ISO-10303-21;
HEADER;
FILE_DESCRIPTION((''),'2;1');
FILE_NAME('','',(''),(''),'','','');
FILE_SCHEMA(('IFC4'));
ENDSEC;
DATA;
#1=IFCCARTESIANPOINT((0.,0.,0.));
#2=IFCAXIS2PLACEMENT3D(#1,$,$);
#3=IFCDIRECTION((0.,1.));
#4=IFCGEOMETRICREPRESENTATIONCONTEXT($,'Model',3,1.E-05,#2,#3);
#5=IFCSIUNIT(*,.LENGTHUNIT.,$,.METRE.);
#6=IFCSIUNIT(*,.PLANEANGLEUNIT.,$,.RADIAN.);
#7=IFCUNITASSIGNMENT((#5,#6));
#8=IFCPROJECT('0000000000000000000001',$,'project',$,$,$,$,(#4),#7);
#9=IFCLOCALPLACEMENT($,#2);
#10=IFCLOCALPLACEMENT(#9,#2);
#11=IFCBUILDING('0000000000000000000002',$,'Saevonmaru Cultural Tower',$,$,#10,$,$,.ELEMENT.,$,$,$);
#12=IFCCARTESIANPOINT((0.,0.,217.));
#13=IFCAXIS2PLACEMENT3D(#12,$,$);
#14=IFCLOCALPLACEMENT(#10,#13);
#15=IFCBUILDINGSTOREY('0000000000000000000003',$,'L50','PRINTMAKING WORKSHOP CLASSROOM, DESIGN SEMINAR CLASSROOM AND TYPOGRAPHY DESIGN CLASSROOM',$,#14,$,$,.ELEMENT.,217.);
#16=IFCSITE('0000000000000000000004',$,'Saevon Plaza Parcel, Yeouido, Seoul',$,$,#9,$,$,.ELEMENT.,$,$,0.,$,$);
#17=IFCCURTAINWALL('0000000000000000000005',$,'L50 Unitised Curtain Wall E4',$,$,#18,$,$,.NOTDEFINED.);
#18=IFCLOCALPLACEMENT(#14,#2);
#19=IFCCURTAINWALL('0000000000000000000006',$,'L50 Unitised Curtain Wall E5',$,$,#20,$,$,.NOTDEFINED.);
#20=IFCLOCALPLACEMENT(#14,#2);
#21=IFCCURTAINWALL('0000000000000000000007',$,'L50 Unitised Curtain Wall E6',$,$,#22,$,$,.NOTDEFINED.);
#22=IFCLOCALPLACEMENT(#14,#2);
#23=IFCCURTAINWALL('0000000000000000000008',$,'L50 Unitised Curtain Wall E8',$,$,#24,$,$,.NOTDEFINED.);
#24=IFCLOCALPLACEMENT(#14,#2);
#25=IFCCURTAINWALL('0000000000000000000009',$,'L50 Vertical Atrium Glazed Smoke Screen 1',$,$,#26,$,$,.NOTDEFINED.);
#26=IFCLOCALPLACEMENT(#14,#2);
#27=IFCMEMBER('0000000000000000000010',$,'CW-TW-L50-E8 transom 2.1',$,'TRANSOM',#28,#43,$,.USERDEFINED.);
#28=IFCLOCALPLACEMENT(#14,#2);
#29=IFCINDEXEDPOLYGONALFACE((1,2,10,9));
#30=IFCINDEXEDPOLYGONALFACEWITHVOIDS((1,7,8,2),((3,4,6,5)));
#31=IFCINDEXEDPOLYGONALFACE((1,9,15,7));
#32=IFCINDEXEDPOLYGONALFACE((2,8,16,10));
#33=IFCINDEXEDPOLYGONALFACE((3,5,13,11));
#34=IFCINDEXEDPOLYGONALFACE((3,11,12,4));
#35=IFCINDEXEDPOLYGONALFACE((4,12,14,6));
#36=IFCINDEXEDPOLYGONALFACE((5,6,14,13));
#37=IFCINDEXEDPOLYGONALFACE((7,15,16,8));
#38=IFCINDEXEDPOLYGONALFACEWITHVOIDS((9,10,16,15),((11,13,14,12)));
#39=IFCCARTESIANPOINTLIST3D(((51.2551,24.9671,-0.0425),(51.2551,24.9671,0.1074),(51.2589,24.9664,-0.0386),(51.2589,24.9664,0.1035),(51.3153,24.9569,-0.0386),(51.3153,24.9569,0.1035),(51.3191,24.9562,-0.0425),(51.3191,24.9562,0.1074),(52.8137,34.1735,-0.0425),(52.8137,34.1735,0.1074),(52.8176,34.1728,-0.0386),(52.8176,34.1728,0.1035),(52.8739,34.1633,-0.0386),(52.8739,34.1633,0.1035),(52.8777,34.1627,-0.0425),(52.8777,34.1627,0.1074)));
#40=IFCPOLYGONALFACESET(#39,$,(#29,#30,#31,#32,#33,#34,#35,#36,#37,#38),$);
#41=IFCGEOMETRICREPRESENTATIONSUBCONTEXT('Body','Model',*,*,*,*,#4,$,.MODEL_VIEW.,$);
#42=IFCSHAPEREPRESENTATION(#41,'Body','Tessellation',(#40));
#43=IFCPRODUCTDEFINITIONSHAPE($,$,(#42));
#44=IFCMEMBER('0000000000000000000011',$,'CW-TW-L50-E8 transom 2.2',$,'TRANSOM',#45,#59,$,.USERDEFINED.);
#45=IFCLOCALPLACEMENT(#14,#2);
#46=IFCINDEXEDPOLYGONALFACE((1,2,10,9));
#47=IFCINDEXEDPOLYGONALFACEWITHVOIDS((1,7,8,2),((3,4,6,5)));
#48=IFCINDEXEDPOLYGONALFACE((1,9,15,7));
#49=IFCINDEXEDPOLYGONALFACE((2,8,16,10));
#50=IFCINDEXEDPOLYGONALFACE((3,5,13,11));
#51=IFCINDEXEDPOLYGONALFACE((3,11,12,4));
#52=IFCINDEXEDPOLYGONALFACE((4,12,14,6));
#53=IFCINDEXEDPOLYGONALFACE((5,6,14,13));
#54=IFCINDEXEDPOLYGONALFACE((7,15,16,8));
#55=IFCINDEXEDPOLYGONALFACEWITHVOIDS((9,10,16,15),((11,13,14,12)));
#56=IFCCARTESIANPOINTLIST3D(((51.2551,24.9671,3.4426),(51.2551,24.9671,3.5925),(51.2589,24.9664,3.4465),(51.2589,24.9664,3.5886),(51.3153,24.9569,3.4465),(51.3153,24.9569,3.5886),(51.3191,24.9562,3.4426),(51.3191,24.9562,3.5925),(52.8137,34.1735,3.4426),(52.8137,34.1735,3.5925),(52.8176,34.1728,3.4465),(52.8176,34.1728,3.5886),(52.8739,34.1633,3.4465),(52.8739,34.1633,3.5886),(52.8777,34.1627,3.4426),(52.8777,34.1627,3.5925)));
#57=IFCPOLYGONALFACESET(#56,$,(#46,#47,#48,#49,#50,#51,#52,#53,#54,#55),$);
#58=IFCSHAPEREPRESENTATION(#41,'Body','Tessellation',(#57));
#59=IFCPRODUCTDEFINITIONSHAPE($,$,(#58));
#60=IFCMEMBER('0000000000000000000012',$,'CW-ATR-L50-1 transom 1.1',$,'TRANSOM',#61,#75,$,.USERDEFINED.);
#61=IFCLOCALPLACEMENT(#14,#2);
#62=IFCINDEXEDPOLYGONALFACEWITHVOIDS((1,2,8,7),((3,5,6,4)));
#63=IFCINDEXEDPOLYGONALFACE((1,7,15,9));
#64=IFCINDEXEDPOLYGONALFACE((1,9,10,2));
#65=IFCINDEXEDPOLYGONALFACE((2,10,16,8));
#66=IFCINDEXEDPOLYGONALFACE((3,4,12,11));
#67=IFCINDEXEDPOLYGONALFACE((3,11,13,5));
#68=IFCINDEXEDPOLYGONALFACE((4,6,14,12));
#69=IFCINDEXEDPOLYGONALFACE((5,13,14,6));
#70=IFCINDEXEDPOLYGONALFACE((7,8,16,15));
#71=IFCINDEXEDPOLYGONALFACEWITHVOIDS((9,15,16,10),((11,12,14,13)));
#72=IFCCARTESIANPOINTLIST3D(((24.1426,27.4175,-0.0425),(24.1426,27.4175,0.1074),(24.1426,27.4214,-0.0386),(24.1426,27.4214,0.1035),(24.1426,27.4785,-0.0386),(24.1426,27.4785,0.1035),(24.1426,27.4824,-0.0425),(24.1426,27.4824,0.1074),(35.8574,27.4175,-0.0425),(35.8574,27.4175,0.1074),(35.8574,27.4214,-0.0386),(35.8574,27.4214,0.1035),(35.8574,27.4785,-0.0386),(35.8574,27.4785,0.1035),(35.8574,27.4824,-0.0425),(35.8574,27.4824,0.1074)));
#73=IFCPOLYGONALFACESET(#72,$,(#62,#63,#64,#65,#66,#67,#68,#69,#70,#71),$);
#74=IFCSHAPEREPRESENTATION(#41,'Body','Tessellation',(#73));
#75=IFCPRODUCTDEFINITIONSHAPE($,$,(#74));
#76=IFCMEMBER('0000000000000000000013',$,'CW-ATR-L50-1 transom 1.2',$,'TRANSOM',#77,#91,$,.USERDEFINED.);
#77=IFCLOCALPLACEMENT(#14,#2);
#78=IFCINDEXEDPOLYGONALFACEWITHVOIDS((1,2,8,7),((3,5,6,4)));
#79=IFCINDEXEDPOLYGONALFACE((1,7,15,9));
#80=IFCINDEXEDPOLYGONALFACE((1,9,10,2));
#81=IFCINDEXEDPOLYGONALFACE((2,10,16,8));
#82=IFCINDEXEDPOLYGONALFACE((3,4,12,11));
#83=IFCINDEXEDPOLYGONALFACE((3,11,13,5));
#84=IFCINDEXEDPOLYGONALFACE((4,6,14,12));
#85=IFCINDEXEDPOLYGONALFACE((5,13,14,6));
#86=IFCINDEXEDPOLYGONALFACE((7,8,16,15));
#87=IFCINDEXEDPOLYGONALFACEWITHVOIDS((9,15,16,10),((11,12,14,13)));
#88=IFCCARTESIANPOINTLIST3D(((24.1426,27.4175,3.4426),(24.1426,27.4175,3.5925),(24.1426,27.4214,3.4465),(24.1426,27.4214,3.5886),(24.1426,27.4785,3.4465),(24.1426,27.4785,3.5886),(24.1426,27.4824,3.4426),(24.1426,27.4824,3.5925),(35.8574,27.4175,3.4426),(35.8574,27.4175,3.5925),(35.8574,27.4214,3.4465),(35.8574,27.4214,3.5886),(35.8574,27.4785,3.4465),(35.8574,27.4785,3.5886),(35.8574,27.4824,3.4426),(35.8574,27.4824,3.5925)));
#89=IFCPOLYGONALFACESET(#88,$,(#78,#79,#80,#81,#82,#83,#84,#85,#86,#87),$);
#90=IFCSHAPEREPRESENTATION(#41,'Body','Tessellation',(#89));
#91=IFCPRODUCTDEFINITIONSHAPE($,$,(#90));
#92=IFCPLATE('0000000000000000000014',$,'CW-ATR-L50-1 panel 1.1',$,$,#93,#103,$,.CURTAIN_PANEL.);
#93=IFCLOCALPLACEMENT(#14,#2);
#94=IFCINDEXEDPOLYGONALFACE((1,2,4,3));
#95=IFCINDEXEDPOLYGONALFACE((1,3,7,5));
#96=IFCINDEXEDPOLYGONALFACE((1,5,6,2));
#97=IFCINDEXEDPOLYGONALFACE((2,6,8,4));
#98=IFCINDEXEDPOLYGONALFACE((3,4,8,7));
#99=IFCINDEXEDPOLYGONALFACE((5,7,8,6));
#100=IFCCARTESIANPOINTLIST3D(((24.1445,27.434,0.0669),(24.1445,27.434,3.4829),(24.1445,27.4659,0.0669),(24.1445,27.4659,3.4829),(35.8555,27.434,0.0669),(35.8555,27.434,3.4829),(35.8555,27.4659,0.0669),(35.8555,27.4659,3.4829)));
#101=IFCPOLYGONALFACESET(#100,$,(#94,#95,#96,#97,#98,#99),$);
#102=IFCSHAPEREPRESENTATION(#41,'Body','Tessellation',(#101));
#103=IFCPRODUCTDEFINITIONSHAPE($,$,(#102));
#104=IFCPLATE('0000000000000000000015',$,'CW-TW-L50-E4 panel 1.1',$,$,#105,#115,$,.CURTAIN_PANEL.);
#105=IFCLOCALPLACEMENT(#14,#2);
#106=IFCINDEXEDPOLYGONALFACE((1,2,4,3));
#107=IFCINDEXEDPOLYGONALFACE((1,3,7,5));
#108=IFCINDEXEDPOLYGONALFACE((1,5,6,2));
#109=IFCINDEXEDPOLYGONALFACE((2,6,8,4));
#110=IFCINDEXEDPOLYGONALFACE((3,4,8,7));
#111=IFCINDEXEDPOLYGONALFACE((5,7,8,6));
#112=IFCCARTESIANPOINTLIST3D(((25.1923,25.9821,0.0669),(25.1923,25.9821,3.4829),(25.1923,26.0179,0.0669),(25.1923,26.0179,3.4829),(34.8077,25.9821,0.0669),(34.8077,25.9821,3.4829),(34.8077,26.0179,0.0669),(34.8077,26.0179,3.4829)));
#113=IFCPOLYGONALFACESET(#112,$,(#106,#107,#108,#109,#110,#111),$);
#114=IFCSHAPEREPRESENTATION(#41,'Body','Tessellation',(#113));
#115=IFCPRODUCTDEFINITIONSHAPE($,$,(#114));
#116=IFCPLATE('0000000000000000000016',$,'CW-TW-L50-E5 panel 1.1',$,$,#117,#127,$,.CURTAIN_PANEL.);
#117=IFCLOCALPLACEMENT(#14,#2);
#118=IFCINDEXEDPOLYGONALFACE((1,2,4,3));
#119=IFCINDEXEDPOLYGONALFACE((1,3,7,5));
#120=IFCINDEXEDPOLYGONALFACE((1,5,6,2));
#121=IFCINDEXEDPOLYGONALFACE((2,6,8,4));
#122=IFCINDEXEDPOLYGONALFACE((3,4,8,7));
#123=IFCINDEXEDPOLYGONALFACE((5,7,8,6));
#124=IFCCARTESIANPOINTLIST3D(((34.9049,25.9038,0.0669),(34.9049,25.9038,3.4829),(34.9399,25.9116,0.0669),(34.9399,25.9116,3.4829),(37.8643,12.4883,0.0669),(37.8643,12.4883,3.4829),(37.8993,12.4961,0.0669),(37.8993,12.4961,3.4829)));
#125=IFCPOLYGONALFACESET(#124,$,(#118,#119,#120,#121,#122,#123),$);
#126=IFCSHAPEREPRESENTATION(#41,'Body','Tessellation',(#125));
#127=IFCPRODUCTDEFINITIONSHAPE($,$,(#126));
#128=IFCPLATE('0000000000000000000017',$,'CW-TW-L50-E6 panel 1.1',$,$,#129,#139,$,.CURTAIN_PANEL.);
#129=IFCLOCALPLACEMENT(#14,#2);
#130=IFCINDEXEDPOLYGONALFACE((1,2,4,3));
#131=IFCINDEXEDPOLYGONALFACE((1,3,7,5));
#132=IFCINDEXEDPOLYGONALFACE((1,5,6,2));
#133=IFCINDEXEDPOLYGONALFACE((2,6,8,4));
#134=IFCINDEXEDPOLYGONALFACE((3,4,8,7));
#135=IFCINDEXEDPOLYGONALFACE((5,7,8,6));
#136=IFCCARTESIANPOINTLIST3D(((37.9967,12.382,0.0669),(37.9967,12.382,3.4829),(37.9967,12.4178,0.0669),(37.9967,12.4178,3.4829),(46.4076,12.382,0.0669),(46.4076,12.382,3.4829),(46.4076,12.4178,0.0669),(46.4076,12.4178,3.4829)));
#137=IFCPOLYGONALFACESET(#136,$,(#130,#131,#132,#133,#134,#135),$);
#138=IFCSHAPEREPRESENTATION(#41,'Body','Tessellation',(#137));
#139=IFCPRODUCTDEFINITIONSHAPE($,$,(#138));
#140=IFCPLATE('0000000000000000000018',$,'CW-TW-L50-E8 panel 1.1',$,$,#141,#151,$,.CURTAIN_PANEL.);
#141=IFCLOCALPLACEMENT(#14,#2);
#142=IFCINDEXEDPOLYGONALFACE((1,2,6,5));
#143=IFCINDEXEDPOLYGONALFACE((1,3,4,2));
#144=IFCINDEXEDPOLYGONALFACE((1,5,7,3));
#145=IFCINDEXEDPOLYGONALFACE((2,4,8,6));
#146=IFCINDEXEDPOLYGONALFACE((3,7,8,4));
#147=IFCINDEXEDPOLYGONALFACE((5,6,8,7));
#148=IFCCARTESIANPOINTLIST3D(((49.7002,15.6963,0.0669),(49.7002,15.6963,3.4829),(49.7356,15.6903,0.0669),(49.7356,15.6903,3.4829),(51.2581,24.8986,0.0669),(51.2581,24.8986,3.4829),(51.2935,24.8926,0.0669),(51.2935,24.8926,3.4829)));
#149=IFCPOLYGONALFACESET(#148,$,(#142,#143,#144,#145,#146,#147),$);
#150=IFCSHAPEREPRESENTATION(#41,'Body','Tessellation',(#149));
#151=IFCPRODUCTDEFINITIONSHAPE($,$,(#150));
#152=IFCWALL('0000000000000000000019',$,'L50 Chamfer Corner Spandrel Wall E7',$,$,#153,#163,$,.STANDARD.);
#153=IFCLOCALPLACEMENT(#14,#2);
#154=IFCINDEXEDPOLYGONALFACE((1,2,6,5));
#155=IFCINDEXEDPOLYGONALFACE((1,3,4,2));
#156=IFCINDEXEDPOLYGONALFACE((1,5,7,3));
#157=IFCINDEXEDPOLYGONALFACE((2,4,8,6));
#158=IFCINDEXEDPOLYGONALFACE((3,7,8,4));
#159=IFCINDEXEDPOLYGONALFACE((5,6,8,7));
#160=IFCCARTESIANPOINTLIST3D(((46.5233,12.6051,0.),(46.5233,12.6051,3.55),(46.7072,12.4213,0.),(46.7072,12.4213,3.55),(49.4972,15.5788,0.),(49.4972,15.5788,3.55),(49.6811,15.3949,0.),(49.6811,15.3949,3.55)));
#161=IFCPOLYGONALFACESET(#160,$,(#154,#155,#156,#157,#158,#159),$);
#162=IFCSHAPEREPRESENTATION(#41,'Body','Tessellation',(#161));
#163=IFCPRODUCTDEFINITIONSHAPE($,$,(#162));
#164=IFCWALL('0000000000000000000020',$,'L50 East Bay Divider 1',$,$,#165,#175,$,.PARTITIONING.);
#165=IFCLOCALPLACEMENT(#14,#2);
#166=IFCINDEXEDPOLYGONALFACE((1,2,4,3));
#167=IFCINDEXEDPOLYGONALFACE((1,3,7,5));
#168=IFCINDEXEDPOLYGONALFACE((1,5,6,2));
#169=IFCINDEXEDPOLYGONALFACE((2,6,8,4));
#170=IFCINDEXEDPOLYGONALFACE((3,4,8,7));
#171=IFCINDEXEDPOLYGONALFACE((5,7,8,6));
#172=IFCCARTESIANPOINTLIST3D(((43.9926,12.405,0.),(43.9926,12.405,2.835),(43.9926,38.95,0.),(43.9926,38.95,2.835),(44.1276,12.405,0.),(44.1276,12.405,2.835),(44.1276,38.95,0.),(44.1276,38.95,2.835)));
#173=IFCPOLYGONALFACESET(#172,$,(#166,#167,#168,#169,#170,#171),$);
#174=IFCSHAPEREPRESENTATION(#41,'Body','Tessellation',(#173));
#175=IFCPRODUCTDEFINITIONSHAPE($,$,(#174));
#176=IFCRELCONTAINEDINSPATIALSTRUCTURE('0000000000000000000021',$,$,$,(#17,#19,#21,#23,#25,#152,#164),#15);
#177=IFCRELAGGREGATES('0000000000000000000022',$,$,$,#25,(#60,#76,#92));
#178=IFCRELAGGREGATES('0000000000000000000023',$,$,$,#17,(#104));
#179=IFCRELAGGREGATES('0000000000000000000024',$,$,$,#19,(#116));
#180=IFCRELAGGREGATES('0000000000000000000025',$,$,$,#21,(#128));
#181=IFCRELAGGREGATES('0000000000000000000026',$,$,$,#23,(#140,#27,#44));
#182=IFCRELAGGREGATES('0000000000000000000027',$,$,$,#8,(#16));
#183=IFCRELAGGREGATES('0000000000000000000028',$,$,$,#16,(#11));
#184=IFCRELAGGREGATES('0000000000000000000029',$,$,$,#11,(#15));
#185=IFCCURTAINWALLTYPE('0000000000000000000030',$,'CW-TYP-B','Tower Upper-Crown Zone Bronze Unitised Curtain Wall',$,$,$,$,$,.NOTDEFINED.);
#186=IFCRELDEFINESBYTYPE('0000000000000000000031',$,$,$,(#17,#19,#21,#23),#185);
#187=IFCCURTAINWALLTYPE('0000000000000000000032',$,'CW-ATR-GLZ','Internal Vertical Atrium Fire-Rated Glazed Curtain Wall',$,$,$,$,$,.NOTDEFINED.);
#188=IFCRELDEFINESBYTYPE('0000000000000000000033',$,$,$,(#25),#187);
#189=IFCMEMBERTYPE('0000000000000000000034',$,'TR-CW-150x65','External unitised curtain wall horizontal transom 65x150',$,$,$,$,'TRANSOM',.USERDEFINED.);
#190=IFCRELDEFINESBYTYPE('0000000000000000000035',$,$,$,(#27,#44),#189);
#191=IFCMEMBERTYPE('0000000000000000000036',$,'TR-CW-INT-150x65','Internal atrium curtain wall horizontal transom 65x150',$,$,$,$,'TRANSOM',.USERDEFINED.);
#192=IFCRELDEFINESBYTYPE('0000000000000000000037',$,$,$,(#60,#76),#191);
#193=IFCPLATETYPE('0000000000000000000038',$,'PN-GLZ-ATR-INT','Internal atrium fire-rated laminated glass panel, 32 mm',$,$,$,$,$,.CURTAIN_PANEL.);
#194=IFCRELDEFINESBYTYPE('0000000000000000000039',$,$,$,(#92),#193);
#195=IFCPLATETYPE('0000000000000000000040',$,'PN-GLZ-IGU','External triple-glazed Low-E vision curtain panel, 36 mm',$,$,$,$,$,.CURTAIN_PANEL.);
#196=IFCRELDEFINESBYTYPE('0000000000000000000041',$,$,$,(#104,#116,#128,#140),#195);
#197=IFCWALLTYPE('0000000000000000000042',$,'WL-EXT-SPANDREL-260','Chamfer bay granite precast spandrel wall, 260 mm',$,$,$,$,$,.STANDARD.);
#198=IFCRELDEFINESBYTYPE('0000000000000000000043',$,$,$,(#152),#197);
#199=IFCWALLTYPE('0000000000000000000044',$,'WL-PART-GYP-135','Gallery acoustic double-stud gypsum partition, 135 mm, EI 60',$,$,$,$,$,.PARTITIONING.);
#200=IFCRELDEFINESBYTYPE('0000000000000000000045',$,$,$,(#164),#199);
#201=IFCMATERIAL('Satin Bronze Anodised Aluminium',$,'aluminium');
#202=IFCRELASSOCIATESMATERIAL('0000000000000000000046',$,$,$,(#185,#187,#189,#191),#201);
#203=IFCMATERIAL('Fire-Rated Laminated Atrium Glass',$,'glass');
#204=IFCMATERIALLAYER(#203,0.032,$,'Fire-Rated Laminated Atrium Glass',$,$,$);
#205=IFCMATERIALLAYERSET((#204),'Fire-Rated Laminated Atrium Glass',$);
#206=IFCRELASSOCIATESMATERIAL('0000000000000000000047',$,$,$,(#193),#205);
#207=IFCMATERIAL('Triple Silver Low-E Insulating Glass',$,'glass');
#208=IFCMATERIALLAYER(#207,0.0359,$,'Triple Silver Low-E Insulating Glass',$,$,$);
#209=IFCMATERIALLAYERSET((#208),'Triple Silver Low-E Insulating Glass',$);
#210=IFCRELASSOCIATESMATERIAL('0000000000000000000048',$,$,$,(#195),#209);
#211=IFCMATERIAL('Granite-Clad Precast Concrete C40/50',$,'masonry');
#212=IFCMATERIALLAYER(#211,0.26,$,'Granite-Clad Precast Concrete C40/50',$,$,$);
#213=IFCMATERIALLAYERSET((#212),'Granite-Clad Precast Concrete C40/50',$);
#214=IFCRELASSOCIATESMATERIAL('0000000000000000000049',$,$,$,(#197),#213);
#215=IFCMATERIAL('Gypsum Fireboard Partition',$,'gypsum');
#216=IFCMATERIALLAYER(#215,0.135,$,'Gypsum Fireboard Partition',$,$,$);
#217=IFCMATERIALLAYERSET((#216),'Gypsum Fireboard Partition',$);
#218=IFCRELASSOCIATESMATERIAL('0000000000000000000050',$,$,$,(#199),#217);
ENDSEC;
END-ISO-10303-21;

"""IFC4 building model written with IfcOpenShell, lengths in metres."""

from ifc_helpers import new_model, si_unit, direction, frame, frame_2d, origin, origin_2d, place, context, subcontext, project, spatial, rectangle, hollow_rectangle, extrude, material, layer, layer_set, material_profile, profile_set, type_object, element, aggregate, save


model = new_model("IFC4")

# Units and contexts
model_context = context("Model", 3, precision=1e-05, world=origin(), true_north=direction((0.0, 1.0)))
body_context = subcontext(model_context, "Body", "Model", "MODEL_VIEW")
ifc_project = project(units=[si_unit("LENGTHUNIT", "METRE"), si_unit("PLANEANGLEUNIT", "RADIAN")], contexts=[model_context])

# Site, building, storey
site_placement = place(None, origin())
site = spatial("IfcSite", under=ifc_project, at=site_placement, Name="Saevon Plaza Parcel, Yeouido, Seoul", CompositionType="ELEMENT", RefElevation=0.0)
building_placement = place(site_placement, origin())
building = spatial("IfcBuilding", under=site, at=building_placement, Name="Saevonmaru Cultural Tower", CompositionType="ELEMENT")
storey_placement = place(building_placement, frame((0.0, 0.0, 217.0)))
storey = spatial("IfcBuildingStorey", under=building, at=storey_placement, Name="L50", Description="PRINTMAKING WORKSHOP CLASSROOM, DESIGN SEMINAR CLASSROOM AND TYPOGRAPHY DESIGN CLASSROOM", CompositionType="ELEMENT", Elevation=217.0)

# Shared definitions
ifc_material_1 = material(Name="Satin Bronze Anodised Aluminium", Category="aluminium")
curtain_wall_type_1 = type_object("IfcCurtainWallType", Name="CW-TYP-B", Description="Tower Upper-Crown Zone Bronze Unitised Curtain Wall", PredefinedType="NOTDEFINED", material=ifc_material_1)

# Curtain walls
curtain_wall_1_placement = place(storey_placement, origin())
curtain_wall_1 = element("IfcCurtainWall", 1, at=curtain_wall_1_placement, inside=storey, type_object=curtain_wall_type_1, Name="L50 Unitised Curtain Wall E4", PredefinedType="NOTDEFINED")
curtain_wall_2_placement = place(storey_placement, origin())
curtain_wall_2 = element("IfcCurtainWall", 2, at=curtain_wall_2_placement, inside=storey, type_object=curtain_wall_type_1, Name="L50 Unitised Curtain Wall E5", PredefinedType="NOTDEFINED")
curtain_wall_3_placement = place(storey_placement, origin())
curtain_wall_3 = element("IfcCurtainWall", 3, at=curtain_wall_3_placement, inside=storey, type_object=curtain_wall_type_1, Name="L50 Unitised Curtain Wall E6", PredefinedType="NOTDEFINED")
curtain_wall_4_placement = place(storey_placement, origin())
curtain_wall_4 = element("IfcCurtainWall", 4, at=curtain_wall_4_placement, inside=storey, type_object=curtain_wall_type_1, Name="L50 Unitised Curtain Wall E8", PredefinedType="NOTDEFINED")

# Curtain wall
curtain_wall_type_2 = type_object("IfcCurtainWallType", Name="CW-ATR-GLZ", Description="Internal Vertical Atrium Fire-Rated Glazed Curtain Wall", PredefinedType="NOTDEFINED", material=ifc_material_1)
curtain_wall_5_placement = place(storey_placement, origin())
curtain_wall_5 = element("IfcCurtainWall", 5, at=curtain_wall_5_placement, inside=storey, type_object=curtain_wall_type_2, Name="L50 Vertical Atrium Glazed Smoke Screen 1", PredefinedType="NOTDEFINED")

# Members
ifc_material_profile_1 = material_profile(ifc_material_1, hollow_rectangle(XDim=0.0649, YDim=0.1499, WallThickness=0.0039, at=origin_2d()), Name="ALU-TRAN-150x65x4")
ifc_profile_set_1 = profile_set([ifc_material_profile_1], Name="Satin Bronze Anodised Aluminium")
member_type_1 = type_object("IfcMemberType", Name="TR-CW-150x65", Description="External unitised curtain wall horizontal transom 65x150", ElementType="TRANSOM", PredefinedType="USERDEFINED", material=ifc_profile_set_1)
member_1_placement = place(storey_placement, frame((51.2871, 24.9617, 0.0325), z_axis=(0.166921, 0.98597, 0.0), x_axis=(-0.98597, 0.166921, 0.0)))
member_1 = element("IfcMember", 6, at=member_1_placement, type_object=member_type_1, Name="CW-TW-L50-E8 transom 2.1", ObjectType="TRANSOM", PredefinedType="USERDEFINED", context=body_context, shape_type="SweptSolid", body=[
    extrude(hollow_rectangle(XDim=0.0649, YDim=0.1499, WallThickness=0.0039, at=origin_2d()), origin(), (0.0, 0.0, 1.0), 9.3374),
])
member_2_placement = place(storey_placement, frame((51.2871, 24.9617, 3.5176), z_axis=(0.166921, 0.98597, 0.0), x_axis=(-0.98597, 0.166921, 0.0)))
member_2 = element("IfcMember", 7, at=member_2_placement, type_object=member_type_1, Name="CW-TW-L50-E8 transom 2.2", ObjectType="TRANSOM", PredefinedType="USERDEFINED", context=body_context, shape_type="SweptSolid", body=[
    extrude(hollow_rectangle(XDim=0.0649, YDim=0.1499, WallThickness=0.0039, at=origin_2d()), origin(), (0.0, 0.0, 1.0), 9.3374),
])
ifc_material_profile_2 = material_profile(ifc_material_1, hollow_rectangle(XDim=0.0649, YDim=0.1499, WallThickness=0.0039, at=origin_2d()), Name="ALU-TRAN-150x65x4")
ifc_profile_set_2 = profile_set([ifc_material_profile_2], Name="Satin Bronze Anodised Aluminium")
member_type_2 = type_object("IfcMemberType", Name="TR-CW-INT-150x65", Description="Internal atrium curtain wall horizontal transom 65x150", ElementType="TRANSOM", PredefinedType="USERDEFINED", material=ifc_profile_set_2)
member_3_placement = place(storey_placement, frame((24.1426, 27.45, 0.0325), z_axis=(1.0, 0.0, 0.0), x_axis=(0.0, 1.0, 0.0)))
member_3 = element("IfcMember", 8, at=member_3_placement, type_object=member_type_2, Name="CW-ATR-L50-1 transom 1.1", ObjectType="TRANSOM", PredefinedType="USERDEFINED", context=body_context, shape_type="SweptSolid", body=[
    extrude(hollow_rectangle(XDim=0.0649, YDim=0.1499, WallThickness=0.0039, at=origin_2d()), origin(), (0.0, 0.0, 1.0), 11.7148),
])
member_4_placement = place(storey_placement, frame((24.1426, 27.45, 3.5176), z_axis=(1.0, 0.0, 0.0), x_axis=(0.0, 1.0, 0.0)))
member_4 = element("IfcMember", 9, at=member_4_placement, type_object=member_type_2, Name="CW-ATR-L50-1 transom 1.2", ObjectType="TRANSOM", PredefinedType="USERDEFINED", context=body_context, shape_type="SweptSolid", body=[
    extrude(hollow_rectangle(XDim=0.0649, YDim=0.1499, WallThickness=0.0039, at=origin_2d()), origin(), (0.0, 0.0, 1.0), 11.7148),
])

# Plates
ifc_material_2 = material(Name="Fire-Rated Laminated Atrium Glass", Category="glass")
ifc_layer_1 = layer(ifc_material_2, 0.032, Name="Fire-Rated Laminated Atrium Glass")
ifc_layer_set_1 = layer_set([ifc_layer_1], Name="Fire-Rated Laminated Atrium Glass")
plate_type_1 = type_object("IfcPlateType", Name="PN-GLZ-ATR-INT", Description="Internal atrium fire-rated laminated glass panel, 32 mm", PredefinedType="CURTAIN_PANEL", material=ifc_layer_set_1)
plate_1_placement = place(storey_placement, frame((30.0, 27.45, 0.0669), z_axis=(0.0, 0.0, 1.0), x_axis=(1.0, 0.0, 0.0)))
plate_1 = element("IfcPlate", 10, at=plate_1_placement, type_object=plate_type_1, Name="CW-ATR-L50-1 panel 1.1", PredefinedType="CURTAIN_PANEL", context=body_context, shape_type="SweptSolid", body=[
    extrude(rectangle(XDim=11.7109, YDim=0.032, at=origin_2d()), origin(), (0.0, 0.0, 1.0), 3.416),
])
aggregate(curtain_wall_5, [member_3, member_4, plate_1])
ifc_material_3 = material(Name="Triple Silver Low-E Insulating Glass", Category="glass")
ifc_layer_2 = layer(ifc_material_3, 0.0359, Name="Triple Silver Low-E Insulating Glass")
ifc_layer_set_2 = layer_set([ifc_layer_2], Name="Triple Silver Low-E Insulating Glass")
plate_type_2 = type_object("IfcPlateType", Name="PN-GLZ-IGU", Description="External triple-glazed Low-E vision curtain panel, 36 mm", PredefinedType="CURTAIN_PANEL", material=ifc_layer_set_2)
plate_2_placement = place(storey_placement, frame((30.0, 26.0, 0.0669), z_axis=(0.0, 0.0, 1.0), x_axis=(1.0, 0.0, 0.0)))
plate_2 = element("IfcPlate", 11, at=plate_2_placement, type_object=plate_type_2, Name="CW-TW-L50-E4 panel 1.1", PredefinedType="CURTAIN_PANEL", context=body_context, shape_type="SweptSolid", body=[
    extrude(rectangle(XDim=9.6155, YDim=0.0359, at=origin_2d()), origin(), (0.0, 0.0, 1.0), 3.416),
])
aggregate(curtain_wall_1, [plate_2])
plate_3_placement = place(storey_placement, frame((36.4021, 19.2, 0.0669), z_axis=(0.0, 0.0, 1.0), x_axis=(0.215413, -0.976523, 0.0)))
plate_3 = element("IfcPlate", 12, at=plate_3_placement, type_object=plate_type_2, Name="CW-TW-L50-E5 panel 1.1", PredefinedType="CURTAIN_PANEL", context=body_context, shape_type="SweptSolid", body=[
    extrude(rectangle(XDim=13.738, YDim=0.0359, at=origin_2d()), origin(), (0.0, 0.0, 1.0), 3.416),
])
aggregate(curtain_wall_2, [plate_3])
plate_4_placement = place(storey_placement, frame((42.2021, 12.3999, 0.0669), z_axis=(0.0, 0.0, 1.0), x_axis=(1.0, 0.0, 0.0)))
plate_4 = element("IfcPlate", 13, at=plate_4_placement, type_object=plate_type_2, Name="CW-TW-L50-E6 panel 1.1", PredefinedType="CURTAIN_PANEL", context=body_context, shape_type="SweptSolid", body=[
    extrude(rectangle(XDim=8.4109, YDim=0.0359, at=origin_2d()), origin(), (0.0, 0.0, 1.0), 3.416),
])
aggregate(curtain_wall_3, [plate_4])
plate_5_placement = place(storey_placement, frame((50.4968, 20.2944, 0.0669), z_axis=(0.0, 0.0, 1.0), x_axis=(0.166922, 0.98597, 0.0)))
plate_5 = element("IfcPlate", 14, at=plate_5_placement, type_object=plate_type_2, Name="CW-TW-L50-E8 panel 1.1", PredefinedType="CURTAIN_PANEL", context=body_context, shape_type="SweptSolid", body=[
    extrude(rectangle(XDim=9.3333, YDim=0.0359, at=origin_2d()), origin(), (0.0, 0.0, 1.0), 3.416),
])
aggregate(curtain_wall_4, [plate_5, member_1, member_2])

# Walls
ifc_material_4 = material(Name="Granite-Clad Precast Concrete C40/50", Category="masonry")
ifc_layer_3 = layer(ifc_material_4, 0.26, Name="Granite-Clad Precast Concrete C40/50")
ifc_layer_set_3 = layer_set([ifc_layer_3], Name="Granite-Clad Precast Concrete C40/50")
wall_type_1 = type_object("IfcWallType", Name="WL-EXT-SPANDREL-260", Description="Chamfer bay granite precast spandrel wall, 260 mm", PredefinedType="STANDARD", material=ifc_layer_set_3)
wall_1_placement = place(storey_placement, frame((46.6152, 12.5132, 0.0), z_axis=(0.0, 0.0, 1.0), x_axis=(0.707136, 0.707078, 0.0)))
element("IfcWall", 15, at=wall_1_placement, inside=storey, type_object=wall_type_1, Name="L50 Chamfer Corner Spandrel Wall E7", PredefinedType="STANDARD", context=body_context, shape_type="SweptSolid", body=[
    extrude(rectangle(XDim=4.2056, YDim=0.26, at=frame_2d((2.1028, 0.0))), origin(), (0.0, 0.0, 1.0), 3.55),
])
ifc_material_5 = material(Name="Gypsum Fireboard Partition", Category="gypsum")
ifc_layer_4 = layer(ifc_material_5, 0.135, Name="Gypsum Fireboard Partition")
ifc_layer_set_4 = layer_set([ifc_layer_4], Name="Gypsum Fireboard Partition")
wall_type_2 = type_object("IfcWallType", Name="WL-PART-GYP-135", Description="Gallery acoustic double-stud gypsum partition, 135 mm, EI 60", PredefinedType="PARTITIONING", material=ifc_layer_set_4)
wall_2_placement = place(storey_placement, frame((44.0601, 12.405, 0.0), z_axis=(0.0, 0.0, 1.0), x_axis=(0.0, 1.0, 0.0)))
element("IfcWall", 16, at=wall_2_placement, inside=storey, type_object=wall_type_2, Name="L50 East Bay Divider 1", PredefinedType="PARTITIONING", context=body_context, shape_type="SweptSolid", body=[
    extrude(rectangle(XDim=26.5449, YDim=0.135, at=frame_2d((13.2725, 0.0))), origin(), (0.0, 0.0, 1.0), 2.835),
])

save(model, "model.ifc")
